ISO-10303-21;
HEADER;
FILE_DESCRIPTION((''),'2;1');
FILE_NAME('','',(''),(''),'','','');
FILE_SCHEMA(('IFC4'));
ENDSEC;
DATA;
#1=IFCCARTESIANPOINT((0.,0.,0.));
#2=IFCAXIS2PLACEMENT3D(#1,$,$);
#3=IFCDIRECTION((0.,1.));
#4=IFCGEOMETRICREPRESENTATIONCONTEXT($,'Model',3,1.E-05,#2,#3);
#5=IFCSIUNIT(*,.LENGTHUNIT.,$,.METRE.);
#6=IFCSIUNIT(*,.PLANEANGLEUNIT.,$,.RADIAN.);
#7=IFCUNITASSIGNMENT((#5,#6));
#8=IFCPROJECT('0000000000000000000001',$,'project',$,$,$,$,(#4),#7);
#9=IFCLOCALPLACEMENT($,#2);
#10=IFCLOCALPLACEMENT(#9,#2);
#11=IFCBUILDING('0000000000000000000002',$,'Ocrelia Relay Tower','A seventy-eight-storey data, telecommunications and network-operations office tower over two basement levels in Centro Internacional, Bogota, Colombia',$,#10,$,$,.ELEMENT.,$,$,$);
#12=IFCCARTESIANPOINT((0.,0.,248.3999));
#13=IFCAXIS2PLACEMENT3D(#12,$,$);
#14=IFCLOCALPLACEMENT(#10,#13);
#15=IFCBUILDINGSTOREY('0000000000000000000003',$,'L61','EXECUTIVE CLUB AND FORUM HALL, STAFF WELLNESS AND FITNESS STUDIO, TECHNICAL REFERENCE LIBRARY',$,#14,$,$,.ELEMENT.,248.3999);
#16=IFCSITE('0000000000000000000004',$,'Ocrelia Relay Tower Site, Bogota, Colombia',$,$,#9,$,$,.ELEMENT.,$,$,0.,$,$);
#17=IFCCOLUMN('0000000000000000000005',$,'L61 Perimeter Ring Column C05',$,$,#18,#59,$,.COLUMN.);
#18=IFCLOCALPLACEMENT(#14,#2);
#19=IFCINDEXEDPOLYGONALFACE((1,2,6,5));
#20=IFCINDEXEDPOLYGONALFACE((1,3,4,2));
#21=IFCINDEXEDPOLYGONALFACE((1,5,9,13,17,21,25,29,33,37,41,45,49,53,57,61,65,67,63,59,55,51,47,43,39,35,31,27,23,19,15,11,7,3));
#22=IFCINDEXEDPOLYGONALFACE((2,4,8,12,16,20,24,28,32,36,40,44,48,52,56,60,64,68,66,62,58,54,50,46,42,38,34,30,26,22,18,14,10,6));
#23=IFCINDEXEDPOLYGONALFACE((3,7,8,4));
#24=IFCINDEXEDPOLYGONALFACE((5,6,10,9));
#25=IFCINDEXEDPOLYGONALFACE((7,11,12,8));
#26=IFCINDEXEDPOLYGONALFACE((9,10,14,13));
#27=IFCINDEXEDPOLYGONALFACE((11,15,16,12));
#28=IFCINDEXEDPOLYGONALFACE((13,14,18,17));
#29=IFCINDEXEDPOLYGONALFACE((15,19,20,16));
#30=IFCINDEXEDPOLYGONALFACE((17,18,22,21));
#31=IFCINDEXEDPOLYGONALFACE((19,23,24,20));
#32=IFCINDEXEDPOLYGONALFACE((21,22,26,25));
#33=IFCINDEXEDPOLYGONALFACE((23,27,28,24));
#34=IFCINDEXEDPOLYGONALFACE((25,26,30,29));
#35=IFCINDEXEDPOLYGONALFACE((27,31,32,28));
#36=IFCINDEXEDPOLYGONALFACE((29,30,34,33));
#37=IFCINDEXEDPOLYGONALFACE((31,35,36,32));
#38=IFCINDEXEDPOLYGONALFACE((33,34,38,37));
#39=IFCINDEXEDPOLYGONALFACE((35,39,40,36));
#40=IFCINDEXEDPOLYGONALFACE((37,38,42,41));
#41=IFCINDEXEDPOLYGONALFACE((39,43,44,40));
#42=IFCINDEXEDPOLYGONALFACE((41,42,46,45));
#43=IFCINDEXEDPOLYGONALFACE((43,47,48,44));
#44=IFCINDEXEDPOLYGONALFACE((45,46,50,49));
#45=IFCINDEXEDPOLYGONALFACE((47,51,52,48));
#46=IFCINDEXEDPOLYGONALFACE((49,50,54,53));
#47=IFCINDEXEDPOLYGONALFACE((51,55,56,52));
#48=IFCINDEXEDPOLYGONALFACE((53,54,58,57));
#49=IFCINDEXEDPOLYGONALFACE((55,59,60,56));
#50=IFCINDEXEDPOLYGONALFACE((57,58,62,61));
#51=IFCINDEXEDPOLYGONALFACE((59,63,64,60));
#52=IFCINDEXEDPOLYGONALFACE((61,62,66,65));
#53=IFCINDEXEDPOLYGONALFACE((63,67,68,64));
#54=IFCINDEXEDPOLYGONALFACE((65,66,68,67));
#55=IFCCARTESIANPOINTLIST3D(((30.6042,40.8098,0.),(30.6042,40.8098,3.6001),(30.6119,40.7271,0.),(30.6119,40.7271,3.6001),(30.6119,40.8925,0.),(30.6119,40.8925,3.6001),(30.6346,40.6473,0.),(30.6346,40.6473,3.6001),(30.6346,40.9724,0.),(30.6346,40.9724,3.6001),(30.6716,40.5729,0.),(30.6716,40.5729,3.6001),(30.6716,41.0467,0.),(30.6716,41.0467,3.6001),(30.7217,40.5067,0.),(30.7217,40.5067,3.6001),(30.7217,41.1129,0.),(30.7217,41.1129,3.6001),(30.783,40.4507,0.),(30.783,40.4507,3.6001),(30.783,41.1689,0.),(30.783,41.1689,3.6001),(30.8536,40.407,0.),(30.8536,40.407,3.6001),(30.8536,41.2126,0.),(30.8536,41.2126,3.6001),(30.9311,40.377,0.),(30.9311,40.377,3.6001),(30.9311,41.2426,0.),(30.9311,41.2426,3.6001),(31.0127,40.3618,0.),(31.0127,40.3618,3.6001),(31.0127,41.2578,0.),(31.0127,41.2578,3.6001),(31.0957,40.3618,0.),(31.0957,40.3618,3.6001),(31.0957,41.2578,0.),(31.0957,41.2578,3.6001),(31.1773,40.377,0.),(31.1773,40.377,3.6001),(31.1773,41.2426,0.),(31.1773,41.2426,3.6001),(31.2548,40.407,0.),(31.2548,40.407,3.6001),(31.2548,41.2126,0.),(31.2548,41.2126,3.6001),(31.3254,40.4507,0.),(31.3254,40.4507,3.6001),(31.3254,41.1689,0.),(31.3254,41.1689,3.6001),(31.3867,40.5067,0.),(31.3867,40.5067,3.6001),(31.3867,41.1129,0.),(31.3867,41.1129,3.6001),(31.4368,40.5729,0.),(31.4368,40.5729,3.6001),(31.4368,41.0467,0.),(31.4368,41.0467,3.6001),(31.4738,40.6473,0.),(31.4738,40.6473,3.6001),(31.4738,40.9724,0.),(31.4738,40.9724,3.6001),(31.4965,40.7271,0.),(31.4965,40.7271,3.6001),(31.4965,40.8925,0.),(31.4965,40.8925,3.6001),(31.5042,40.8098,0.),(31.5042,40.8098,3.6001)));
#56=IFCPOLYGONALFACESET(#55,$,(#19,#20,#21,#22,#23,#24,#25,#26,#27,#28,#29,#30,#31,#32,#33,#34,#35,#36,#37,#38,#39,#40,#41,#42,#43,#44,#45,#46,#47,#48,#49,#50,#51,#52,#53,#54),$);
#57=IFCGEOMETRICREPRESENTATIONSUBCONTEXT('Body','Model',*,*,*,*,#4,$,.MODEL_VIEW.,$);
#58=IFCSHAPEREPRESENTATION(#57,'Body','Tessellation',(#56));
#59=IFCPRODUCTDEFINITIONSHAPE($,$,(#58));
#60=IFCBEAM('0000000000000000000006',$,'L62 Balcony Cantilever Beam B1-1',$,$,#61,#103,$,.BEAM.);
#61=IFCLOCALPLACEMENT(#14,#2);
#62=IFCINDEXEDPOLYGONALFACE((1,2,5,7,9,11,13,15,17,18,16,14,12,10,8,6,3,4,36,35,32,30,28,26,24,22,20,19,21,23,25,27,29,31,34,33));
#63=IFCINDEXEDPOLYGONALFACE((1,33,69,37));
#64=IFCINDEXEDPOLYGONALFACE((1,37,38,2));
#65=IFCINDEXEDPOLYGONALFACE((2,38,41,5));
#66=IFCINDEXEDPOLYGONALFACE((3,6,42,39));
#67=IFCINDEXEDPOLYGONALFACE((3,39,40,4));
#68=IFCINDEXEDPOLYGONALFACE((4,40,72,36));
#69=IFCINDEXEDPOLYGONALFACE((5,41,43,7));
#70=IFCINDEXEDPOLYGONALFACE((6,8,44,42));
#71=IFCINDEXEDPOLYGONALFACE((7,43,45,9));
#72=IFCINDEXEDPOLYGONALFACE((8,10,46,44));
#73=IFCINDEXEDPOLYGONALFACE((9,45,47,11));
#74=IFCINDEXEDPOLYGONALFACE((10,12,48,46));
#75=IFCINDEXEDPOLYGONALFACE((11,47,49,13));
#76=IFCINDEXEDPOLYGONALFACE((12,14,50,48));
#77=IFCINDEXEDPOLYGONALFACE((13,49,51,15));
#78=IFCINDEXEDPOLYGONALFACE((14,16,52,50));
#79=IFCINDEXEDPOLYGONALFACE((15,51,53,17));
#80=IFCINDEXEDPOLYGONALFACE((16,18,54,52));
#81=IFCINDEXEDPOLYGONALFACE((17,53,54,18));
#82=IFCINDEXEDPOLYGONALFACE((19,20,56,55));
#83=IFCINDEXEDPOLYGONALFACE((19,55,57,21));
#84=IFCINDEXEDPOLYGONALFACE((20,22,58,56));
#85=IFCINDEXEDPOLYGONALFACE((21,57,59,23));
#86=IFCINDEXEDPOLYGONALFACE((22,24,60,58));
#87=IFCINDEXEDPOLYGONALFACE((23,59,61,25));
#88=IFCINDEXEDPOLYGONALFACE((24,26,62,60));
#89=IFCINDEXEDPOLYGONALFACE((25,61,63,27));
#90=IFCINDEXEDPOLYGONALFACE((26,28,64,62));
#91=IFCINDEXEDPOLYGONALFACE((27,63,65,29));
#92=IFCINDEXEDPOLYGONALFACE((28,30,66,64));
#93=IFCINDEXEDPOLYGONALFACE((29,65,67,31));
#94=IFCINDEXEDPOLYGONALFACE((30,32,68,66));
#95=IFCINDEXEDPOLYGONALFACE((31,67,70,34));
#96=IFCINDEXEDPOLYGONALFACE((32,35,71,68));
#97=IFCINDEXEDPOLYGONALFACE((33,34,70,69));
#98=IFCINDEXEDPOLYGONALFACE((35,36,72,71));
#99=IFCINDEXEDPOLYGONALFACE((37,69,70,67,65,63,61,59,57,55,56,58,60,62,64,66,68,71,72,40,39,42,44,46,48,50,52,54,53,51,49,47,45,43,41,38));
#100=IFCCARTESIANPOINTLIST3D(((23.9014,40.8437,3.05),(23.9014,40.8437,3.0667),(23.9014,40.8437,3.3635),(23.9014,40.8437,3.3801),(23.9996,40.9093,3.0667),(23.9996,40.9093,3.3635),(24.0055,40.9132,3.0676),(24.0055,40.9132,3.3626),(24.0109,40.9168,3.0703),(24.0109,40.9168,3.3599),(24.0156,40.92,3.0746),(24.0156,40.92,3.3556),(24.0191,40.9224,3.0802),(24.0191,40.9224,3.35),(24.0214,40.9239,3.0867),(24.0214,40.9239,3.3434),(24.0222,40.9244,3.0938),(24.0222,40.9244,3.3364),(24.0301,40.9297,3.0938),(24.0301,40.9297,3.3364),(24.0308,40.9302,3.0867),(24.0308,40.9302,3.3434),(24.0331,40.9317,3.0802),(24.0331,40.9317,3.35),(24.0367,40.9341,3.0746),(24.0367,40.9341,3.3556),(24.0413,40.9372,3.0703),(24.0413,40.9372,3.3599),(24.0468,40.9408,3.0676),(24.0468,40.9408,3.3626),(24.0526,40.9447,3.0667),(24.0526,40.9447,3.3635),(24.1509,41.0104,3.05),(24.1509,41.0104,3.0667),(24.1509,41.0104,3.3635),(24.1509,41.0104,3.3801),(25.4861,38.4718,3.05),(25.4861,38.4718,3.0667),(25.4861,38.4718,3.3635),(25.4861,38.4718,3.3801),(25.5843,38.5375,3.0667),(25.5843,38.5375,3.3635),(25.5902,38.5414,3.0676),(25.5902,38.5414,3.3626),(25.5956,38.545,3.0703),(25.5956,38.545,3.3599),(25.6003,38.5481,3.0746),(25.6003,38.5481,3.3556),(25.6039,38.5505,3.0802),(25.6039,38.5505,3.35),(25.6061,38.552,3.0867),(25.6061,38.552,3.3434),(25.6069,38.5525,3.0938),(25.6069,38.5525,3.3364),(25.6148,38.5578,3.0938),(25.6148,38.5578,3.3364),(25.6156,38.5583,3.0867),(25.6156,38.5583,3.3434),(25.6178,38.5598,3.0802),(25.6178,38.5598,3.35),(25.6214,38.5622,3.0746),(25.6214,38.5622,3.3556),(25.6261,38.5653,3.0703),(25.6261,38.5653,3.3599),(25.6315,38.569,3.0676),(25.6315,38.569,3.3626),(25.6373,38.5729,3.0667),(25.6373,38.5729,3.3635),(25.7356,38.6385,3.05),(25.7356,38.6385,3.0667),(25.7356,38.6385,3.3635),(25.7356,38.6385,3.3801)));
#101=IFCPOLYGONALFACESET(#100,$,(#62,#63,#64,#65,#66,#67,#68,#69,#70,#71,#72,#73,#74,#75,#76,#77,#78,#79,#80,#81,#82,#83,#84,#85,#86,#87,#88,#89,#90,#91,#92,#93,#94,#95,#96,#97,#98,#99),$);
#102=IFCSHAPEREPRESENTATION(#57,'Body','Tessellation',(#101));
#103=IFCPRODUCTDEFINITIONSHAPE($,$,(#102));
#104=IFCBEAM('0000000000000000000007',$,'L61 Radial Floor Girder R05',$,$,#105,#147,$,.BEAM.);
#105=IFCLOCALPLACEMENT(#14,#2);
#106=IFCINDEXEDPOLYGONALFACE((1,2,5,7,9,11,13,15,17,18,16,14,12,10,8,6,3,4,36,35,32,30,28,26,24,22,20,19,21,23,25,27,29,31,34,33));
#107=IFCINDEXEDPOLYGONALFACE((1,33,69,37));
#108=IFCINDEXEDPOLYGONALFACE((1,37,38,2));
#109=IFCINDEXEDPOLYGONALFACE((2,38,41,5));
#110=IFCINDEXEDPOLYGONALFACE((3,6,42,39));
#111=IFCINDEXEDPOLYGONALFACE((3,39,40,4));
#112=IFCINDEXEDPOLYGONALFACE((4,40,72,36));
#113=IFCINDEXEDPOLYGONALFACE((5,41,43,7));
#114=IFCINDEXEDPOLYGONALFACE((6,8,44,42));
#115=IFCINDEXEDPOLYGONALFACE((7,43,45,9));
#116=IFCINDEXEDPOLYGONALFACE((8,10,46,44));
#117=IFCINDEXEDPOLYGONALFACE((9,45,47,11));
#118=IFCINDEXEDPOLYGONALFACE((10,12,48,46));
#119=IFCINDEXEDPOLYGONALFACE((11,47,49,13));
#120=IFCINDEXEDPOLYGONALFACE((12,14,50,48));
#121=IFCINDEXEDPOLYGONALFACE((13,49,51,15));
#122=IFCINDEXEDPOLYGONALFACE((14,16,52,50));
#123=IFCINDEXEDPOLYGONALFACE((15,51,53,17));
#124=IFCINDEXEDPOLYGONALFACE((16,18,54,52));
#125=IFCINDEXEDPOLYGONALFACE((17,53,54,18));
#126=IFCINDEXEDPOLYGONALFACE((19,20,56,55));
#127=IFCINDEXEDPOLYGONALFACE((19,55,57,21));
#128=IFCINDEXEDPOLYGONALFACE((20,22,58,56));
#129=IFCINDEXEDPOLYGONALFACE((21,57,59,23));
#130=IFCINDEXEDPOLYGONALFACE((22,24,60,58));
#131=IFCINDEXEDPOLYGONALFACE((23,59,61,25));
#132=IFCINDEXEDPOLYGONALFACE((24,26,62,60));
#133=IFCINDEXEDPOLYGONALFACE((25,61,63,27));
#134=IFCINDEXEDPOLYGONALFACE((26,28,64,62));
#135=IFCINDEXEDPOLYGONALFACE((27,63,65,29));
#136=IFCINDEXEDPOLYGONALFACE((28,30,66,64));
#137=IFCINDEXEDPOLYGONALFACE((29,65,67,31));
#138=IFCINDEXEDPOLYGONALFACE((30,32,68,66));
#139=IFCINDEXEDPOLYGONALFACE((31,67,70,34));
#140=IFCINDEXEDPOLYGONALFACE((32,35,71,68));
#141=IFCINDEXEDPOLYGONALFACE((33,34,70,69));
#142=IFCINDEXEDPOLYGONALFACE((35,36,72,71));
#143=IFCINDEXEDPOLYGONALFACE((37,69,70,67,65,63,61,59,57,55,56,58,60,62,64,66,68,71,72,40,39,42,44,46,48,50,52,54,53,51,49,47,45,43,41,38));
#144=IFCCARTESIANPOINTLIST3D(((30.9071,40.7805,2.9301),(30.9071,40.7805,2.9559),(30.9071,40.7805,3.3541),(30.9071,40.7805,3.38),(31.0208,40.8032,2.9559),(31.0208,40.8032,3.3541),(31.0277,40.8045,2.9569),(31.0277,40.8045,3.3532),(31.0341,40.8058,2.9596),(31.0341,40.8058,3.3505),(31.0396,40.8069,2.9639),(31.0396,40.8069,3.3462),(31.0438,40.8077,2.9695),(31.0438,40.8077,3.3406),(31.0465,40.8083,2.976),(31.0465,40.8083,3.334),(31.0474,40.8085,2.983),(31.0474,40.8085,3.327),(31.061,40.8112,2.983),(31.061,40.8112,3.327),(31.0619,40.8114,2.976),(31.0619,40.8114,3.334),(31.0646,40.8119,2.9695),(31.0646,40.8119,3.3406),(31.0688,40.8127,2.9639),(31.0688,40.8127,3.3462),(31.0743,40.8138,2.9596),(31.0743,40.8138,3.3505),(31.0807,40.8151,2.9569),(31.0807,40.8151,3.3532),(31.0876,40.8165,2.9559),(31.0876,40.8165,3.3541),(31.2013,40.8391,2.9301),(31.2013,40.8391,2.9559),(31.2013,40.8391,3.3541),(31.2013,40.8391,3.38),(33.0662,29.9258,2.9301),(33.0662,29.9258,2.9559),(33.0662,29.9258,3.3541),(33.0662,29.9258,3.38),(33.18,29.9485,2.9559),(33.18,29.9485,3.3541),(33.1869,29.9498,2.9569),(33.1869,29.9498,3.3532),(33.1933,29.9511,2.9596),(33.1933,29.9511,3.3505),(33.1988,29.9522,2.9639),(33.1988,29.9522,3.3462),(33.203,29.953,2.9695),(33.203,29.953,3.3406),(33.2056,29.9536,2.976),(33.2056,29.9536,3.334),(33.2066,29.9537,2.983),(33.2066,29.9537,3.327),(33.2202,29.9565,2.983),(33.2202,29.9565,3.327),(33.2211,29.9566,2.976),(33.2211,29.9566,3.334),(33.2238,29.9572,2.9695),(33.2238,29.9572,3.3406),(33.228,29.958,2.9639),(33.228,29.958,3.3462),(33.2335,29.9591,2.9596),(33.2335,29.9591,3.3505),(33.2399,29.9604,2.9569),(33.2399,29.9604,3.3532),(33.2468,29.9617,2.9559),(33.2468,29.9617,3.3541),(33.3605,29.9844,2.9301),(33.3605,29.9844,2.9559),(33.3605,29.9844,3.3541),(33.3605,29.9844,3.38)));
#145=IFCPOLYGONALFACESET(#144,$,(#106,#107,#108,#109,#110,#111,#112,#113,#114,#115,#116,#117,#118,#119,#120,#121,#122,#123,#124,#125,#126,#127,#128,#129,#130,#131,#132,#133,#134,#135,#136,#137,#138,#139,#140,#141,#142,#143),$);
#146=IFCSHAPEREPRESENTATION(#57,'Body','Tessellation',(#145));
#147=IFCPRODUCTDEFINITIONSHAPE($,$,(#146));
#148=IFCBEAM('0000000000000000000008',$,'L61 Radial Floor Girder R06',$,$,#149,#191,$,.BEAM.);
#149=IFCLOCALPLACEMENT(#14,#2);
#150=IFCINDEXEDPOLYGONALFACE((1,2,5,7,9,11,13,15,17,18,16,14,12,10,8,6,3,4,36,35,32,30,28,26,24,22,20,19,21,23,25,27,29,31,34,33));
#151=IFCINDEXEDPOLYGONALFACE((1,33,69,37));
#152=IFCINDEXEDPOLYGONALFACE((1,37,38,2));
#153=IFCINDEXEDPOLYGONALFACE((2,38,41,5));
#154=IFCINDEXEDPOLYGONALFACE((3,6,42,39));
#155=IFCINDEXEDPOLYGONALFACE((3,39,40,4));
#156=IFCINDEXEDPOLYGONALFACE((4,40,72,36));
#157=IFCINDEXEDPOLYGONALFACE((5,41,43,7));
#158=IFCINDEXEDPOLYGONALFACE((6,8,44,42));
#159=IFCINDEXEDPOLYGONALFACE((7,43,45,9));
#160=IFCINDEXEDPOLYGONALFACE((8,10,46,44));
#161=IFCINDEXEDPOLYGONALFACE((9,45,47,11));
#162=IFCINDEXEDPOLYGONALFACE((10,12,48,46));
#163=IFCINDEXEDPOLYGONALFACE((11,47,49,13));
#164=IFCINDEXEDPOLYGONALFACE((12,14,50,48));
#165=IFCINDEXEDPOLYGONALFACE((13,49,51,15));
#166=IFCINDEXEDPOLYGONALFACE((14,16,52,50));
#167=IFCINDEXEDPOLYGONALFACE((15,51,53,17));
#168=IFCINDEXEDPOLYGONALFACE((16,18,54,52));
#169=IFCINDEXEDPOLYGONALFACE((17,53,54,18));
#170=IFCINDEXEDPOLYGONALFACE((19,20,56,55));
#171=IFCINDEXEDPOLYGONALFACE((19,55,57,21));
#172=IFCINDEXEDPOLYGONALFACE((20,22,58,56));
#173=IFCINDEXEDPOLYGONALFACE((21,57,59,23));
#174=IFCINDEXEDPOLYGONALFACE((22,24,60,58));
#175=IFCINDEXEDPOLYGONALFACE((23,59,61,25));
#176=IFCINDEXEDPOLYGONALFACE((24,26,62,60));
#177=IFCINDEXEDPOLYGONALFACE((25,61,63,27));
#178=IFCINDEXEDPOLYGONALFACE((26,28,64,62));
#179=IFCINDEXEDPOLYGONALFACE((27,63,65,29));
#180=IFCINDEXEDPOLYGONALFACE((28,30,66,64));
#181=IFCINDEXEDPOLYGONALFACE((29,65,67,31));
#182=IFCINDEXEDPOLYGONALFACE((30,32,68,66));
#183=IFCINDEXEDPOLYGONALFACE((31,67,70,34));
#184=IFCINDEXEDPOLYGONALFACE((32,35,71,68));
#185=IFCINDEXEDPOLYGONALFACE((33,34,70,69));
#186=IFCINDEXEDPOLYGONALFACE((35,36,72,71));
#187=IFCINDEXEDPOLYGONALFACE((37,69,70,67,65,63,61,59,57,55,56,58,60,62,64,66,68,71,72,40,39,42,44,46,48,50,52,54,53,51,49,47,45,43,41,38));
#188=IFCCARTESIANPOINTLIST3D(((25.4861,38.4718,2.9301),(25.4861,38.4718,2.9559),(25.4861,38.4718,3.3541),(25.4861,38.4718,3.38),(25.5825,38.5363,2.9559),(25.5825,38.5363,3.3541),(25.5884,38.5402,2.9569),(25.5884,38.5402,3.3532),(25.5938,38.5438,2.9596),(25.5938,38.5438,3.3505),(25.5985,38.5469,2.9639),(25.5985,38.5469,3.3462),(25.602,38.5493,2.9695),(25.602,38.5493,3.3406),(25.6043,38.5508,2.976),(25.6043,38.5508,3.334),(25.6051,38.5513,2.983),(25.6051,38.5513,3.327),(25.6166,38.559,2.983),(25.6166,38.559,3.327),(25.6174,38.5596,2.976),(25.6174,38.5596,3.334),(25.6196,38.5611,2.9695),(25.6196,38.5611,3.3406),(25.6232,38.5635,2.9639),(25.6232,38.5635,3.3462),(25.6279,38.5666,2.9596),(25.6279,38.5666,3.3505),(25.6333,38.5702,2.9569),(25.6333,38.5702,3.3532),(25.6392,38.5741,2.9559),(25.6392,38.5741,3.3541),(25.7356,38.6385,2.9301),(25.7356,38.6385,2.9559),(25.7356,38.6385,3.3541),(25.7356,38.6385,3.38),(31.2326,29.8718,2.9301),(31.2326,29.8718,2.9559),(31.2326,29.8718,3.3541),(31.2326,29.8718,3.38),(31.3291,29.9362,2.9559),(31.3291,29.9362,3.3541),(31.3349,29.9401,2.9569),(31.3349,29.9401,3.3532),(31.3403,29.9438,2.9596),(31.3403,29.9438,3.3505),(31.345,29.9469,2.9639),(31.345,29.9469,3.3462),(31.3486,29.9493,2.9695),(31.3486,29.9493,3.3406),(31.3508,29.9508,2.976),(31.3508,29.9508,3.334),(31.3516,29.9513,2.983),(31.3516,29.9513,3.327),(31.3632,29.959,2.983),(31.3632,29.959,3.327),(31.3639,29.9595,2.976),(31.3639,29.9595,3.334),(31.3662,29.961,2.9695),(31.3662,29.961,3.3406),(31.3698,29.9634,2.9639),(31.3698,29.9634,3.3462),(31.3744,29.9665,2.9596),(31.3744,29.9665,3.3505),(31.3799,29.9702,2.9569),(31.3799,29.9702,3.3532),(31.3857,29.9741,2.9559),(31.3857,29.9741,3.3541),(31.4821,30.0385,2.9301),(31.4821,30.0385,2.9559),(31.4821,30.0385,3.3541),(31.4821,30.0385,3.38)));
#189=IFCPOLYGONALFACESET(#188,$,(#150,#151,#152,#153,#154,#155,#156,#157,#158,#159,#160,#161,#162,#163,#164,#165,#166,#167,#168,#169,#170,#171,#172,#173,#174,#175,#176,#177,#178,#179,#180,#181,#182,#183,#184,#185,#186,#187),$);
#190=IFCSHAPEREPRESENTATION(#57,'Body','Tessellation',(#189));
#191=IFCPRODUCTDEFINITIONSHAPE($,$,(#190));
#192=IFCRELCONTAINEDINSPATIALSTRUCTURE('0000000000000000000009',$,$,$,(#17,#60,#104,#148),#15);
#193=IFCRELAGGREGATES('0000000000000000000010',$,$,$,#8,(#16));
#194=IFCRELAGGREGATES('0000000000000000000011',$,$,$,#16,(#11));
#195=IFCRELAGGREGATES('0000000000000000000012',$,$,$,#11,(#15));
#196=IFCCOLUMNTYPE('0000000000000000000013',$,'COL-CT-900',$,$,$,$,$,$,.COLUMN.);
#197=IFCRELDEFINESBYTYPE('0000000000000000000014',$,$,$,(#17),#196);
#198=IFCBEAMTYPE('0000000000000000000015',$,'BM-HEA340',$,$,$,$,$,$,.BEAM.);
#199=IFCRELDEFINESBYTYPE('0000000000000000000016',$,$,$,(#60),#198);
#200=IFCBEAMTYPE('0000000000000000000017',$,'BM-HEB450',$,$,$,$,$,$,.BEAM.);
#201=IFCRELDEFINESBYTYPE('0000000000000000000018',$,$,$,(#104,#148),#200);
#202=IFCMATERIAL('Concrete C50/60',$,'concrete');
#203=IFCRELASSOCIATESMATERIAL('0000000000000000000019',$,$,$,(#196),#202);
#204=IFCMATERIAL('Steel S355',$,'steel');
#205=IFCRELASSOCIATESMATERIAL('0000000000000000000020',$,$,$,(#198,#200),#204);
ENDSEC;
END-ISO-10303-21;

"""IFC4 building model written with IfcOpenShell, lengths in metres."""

from ifc_helpers import new_model, si_unit, direction, frame, origin, origin_2d, place, context, subcontext, project, spatial, circle, i_section, extrude, material, material_profile, profile_set, type_object, element, save


model = new_model("IFC4")

# Units and contexts
model_context = context("Model", 3, precision=1e-05, world=origin(), true_north=direction((0.0, 1.0)))
body_context = subcontext(model_context, "Body", "Model", "MODEL_VIEW")
ifc_project = project(units=[si_unit("LENGTHUNIT", "METRE"), si_unit("PLANEANGLEUNIT", "RADIAN")], contexts=[model_context])

# Site, building, storey
site_placement = place(None, origin())
site = spatial("IfcSite", under=ifc_project, at=site_placement, Name="Ocrelia Relay Tower Site, Bogota, Colombia", CompositionType="ELEMENT", RefElevation=0.0)
building_placement = place(site_placement, origin())
building = spatial("IfcBuilding", under=site, at=building_placement, Name="Ocrelia Relay Tower", Description="A seventy-eight-storey data, telecommunications and network-operations office tower over two basement levels in Centro Internacional, Bogota, Colombia", CompositionType="ELEMENT")
storey_placement = place(building_placement, frame((0.0, 0.0, 248.3999)))
storey = spatial("IfcBuildingStorey", under=building, at=storey_placement, Name="L61", Description="EXECUTIVE CLUB AND FORUM HALL, STAFF WELLNESS AND FITNESS STUDIO, TECHNICAL REFERENCE LIBRARY", CompositionType="ELEMENT", Elevation=248.3999)

# Column
ifc_material_1 = material(Name="Concrete C50/60", Category="concrete")
ifc_material_profile_1 = material_profile(ifc_material_1, circle(Radius=0.45, at=origin_2d()), Name="RC-CIR-900")
ifc_profile_set_1 = profile_set([ifc_material_profile_1], Name="Concrete C50/60")
column_type = type_object("IfcColumnType", Name="COL-CT-900", PredefinedType="COLUMN", material=ifc_profile_set_1)
column_placement = place(storey_placement, frame((31.0542, 40.8098, 0.0), z_axis=(0.0, 0.0, 1.0), x_axis=(1.0, 0.0, 0.0)))
element("IfcColumn", 1, at=column_placement, inside=storey, type_object=column_type, Name="L61 Perimeter Ring Column C05", PredefinedType="COLUMN", context=body_context, shape_type="SweptSolid", body=[
    extrude(circle(Radius=0.45, at=origin_2d()), origin(), (0.0, 0.0, 1.0), 3.6001),
])

# Beams
ifc_material_2 = material(Name="Steel S355", Category="steel")
ifc_material_profile_2 = material_profile(ifc_material_2, i_section(OverallWidth=0.3, OverallDepth=0.3301, WebThickness=0.0095, FlangeThickness=0.0166, FilletRadius=0.0271, at=origin_2d()), Name="HEA 340")
ifc_profile_set_2 = profile_set([ifc_material_profile_2], Name="Steel S355")
beam_type_1 = type_object("IfcBeamType", Name="BM-HEA340", PredefinedType="BEAM", material=ifc_profile_set_2)
beam_1_placement = place(storey_placement, frame((25.6108, 38.5552, 3.2151), z_axis=(-0.555549, 0.831484, 0.0), x_axis=(-0.831484, -0.555549, 0.0)))
element("IfcBeam", 2, at=beam_1_placement, inside=storey, type_object=beam_type_1, Name="L62 Balcony Cantilever Beam B1-1", PredefinedType="BEAM", context=body_context, shape_type="SweptSolid", body=[
    extrude(i_section(OverallWidth=0.3, OverallDepth=0.3301, WebThickness=0.0095, FlangeThickness=0.0166, FilletRadius=0.0271, at=origin_2d()), origin(), (0.0, 0.0, 1.0), 2.8525),
])
ifc_material_profile_3 = material_profile(ifc_material_2, i_section(OverallWidth=0.3, OverallDepth=0.45, WebThickness=0.0139, FlangeThickness=0.0259, FilletRadius=0.0271, at=origin_2d()), Name="HEB 450")
ifc_profile_set_3 = profile_set([ifc_material_profile_3], Name="Steel S355")
beam_type_2 = type_object("IfcBeamType", Name="BM-HEB450", PredefinedType="BEAM", material=ifc_profile_set_3)
beam_2_placement = place(storey_placement, frame((31.0542, 40.8098, 3.155), z_axis=(0.195094, -0.980785, 0.0), x_axis=(0.980785, 0.195094, 0.0)))
element("IfcBeam", 3, at=beam_2_placement, inside=storey, type_object=beam_type_2, Name="L61 Radial Floor Girder R05", PredefinedType="BEAM", context=body_context, shape_type="SweptSolid", body=[
    extrude(i_section(OverallWidth=0.3, OverallDepth=0.45, WebThickness=0.0139, FlangeThickness=0.0259, FilletRadius=0.0271, at=origin_2d()), origin(), (0.0, 0.0, 1.0), 11.0674),
])
beam_3_placement = place(storey_placement, frame((25.6108, 38.5552, 3.155), z_axis=(0.555582, -0.831462, 0.0), x_axis=(0.831462, 0.555582, 0.0)))
element("IfcBeam", 4, at=beam_3_placement, inside=storey, type_object=beam_type_2, Name="L61 Radial Floor Girder R06", PredefinedType="BEAM", context=body_context, shape_type="SweptSolid", body=[
    extrude(i_section(OverallWidth=0.3, OverallDepth=0.45, WebThickness=0.0139, FlangeThickness=0.0259, FilletRadius=0.0271, at=origin_2d()), origin(), (0.0, 0.0, 1.0), 10.3433),
])

save(model, "model.ifc")
